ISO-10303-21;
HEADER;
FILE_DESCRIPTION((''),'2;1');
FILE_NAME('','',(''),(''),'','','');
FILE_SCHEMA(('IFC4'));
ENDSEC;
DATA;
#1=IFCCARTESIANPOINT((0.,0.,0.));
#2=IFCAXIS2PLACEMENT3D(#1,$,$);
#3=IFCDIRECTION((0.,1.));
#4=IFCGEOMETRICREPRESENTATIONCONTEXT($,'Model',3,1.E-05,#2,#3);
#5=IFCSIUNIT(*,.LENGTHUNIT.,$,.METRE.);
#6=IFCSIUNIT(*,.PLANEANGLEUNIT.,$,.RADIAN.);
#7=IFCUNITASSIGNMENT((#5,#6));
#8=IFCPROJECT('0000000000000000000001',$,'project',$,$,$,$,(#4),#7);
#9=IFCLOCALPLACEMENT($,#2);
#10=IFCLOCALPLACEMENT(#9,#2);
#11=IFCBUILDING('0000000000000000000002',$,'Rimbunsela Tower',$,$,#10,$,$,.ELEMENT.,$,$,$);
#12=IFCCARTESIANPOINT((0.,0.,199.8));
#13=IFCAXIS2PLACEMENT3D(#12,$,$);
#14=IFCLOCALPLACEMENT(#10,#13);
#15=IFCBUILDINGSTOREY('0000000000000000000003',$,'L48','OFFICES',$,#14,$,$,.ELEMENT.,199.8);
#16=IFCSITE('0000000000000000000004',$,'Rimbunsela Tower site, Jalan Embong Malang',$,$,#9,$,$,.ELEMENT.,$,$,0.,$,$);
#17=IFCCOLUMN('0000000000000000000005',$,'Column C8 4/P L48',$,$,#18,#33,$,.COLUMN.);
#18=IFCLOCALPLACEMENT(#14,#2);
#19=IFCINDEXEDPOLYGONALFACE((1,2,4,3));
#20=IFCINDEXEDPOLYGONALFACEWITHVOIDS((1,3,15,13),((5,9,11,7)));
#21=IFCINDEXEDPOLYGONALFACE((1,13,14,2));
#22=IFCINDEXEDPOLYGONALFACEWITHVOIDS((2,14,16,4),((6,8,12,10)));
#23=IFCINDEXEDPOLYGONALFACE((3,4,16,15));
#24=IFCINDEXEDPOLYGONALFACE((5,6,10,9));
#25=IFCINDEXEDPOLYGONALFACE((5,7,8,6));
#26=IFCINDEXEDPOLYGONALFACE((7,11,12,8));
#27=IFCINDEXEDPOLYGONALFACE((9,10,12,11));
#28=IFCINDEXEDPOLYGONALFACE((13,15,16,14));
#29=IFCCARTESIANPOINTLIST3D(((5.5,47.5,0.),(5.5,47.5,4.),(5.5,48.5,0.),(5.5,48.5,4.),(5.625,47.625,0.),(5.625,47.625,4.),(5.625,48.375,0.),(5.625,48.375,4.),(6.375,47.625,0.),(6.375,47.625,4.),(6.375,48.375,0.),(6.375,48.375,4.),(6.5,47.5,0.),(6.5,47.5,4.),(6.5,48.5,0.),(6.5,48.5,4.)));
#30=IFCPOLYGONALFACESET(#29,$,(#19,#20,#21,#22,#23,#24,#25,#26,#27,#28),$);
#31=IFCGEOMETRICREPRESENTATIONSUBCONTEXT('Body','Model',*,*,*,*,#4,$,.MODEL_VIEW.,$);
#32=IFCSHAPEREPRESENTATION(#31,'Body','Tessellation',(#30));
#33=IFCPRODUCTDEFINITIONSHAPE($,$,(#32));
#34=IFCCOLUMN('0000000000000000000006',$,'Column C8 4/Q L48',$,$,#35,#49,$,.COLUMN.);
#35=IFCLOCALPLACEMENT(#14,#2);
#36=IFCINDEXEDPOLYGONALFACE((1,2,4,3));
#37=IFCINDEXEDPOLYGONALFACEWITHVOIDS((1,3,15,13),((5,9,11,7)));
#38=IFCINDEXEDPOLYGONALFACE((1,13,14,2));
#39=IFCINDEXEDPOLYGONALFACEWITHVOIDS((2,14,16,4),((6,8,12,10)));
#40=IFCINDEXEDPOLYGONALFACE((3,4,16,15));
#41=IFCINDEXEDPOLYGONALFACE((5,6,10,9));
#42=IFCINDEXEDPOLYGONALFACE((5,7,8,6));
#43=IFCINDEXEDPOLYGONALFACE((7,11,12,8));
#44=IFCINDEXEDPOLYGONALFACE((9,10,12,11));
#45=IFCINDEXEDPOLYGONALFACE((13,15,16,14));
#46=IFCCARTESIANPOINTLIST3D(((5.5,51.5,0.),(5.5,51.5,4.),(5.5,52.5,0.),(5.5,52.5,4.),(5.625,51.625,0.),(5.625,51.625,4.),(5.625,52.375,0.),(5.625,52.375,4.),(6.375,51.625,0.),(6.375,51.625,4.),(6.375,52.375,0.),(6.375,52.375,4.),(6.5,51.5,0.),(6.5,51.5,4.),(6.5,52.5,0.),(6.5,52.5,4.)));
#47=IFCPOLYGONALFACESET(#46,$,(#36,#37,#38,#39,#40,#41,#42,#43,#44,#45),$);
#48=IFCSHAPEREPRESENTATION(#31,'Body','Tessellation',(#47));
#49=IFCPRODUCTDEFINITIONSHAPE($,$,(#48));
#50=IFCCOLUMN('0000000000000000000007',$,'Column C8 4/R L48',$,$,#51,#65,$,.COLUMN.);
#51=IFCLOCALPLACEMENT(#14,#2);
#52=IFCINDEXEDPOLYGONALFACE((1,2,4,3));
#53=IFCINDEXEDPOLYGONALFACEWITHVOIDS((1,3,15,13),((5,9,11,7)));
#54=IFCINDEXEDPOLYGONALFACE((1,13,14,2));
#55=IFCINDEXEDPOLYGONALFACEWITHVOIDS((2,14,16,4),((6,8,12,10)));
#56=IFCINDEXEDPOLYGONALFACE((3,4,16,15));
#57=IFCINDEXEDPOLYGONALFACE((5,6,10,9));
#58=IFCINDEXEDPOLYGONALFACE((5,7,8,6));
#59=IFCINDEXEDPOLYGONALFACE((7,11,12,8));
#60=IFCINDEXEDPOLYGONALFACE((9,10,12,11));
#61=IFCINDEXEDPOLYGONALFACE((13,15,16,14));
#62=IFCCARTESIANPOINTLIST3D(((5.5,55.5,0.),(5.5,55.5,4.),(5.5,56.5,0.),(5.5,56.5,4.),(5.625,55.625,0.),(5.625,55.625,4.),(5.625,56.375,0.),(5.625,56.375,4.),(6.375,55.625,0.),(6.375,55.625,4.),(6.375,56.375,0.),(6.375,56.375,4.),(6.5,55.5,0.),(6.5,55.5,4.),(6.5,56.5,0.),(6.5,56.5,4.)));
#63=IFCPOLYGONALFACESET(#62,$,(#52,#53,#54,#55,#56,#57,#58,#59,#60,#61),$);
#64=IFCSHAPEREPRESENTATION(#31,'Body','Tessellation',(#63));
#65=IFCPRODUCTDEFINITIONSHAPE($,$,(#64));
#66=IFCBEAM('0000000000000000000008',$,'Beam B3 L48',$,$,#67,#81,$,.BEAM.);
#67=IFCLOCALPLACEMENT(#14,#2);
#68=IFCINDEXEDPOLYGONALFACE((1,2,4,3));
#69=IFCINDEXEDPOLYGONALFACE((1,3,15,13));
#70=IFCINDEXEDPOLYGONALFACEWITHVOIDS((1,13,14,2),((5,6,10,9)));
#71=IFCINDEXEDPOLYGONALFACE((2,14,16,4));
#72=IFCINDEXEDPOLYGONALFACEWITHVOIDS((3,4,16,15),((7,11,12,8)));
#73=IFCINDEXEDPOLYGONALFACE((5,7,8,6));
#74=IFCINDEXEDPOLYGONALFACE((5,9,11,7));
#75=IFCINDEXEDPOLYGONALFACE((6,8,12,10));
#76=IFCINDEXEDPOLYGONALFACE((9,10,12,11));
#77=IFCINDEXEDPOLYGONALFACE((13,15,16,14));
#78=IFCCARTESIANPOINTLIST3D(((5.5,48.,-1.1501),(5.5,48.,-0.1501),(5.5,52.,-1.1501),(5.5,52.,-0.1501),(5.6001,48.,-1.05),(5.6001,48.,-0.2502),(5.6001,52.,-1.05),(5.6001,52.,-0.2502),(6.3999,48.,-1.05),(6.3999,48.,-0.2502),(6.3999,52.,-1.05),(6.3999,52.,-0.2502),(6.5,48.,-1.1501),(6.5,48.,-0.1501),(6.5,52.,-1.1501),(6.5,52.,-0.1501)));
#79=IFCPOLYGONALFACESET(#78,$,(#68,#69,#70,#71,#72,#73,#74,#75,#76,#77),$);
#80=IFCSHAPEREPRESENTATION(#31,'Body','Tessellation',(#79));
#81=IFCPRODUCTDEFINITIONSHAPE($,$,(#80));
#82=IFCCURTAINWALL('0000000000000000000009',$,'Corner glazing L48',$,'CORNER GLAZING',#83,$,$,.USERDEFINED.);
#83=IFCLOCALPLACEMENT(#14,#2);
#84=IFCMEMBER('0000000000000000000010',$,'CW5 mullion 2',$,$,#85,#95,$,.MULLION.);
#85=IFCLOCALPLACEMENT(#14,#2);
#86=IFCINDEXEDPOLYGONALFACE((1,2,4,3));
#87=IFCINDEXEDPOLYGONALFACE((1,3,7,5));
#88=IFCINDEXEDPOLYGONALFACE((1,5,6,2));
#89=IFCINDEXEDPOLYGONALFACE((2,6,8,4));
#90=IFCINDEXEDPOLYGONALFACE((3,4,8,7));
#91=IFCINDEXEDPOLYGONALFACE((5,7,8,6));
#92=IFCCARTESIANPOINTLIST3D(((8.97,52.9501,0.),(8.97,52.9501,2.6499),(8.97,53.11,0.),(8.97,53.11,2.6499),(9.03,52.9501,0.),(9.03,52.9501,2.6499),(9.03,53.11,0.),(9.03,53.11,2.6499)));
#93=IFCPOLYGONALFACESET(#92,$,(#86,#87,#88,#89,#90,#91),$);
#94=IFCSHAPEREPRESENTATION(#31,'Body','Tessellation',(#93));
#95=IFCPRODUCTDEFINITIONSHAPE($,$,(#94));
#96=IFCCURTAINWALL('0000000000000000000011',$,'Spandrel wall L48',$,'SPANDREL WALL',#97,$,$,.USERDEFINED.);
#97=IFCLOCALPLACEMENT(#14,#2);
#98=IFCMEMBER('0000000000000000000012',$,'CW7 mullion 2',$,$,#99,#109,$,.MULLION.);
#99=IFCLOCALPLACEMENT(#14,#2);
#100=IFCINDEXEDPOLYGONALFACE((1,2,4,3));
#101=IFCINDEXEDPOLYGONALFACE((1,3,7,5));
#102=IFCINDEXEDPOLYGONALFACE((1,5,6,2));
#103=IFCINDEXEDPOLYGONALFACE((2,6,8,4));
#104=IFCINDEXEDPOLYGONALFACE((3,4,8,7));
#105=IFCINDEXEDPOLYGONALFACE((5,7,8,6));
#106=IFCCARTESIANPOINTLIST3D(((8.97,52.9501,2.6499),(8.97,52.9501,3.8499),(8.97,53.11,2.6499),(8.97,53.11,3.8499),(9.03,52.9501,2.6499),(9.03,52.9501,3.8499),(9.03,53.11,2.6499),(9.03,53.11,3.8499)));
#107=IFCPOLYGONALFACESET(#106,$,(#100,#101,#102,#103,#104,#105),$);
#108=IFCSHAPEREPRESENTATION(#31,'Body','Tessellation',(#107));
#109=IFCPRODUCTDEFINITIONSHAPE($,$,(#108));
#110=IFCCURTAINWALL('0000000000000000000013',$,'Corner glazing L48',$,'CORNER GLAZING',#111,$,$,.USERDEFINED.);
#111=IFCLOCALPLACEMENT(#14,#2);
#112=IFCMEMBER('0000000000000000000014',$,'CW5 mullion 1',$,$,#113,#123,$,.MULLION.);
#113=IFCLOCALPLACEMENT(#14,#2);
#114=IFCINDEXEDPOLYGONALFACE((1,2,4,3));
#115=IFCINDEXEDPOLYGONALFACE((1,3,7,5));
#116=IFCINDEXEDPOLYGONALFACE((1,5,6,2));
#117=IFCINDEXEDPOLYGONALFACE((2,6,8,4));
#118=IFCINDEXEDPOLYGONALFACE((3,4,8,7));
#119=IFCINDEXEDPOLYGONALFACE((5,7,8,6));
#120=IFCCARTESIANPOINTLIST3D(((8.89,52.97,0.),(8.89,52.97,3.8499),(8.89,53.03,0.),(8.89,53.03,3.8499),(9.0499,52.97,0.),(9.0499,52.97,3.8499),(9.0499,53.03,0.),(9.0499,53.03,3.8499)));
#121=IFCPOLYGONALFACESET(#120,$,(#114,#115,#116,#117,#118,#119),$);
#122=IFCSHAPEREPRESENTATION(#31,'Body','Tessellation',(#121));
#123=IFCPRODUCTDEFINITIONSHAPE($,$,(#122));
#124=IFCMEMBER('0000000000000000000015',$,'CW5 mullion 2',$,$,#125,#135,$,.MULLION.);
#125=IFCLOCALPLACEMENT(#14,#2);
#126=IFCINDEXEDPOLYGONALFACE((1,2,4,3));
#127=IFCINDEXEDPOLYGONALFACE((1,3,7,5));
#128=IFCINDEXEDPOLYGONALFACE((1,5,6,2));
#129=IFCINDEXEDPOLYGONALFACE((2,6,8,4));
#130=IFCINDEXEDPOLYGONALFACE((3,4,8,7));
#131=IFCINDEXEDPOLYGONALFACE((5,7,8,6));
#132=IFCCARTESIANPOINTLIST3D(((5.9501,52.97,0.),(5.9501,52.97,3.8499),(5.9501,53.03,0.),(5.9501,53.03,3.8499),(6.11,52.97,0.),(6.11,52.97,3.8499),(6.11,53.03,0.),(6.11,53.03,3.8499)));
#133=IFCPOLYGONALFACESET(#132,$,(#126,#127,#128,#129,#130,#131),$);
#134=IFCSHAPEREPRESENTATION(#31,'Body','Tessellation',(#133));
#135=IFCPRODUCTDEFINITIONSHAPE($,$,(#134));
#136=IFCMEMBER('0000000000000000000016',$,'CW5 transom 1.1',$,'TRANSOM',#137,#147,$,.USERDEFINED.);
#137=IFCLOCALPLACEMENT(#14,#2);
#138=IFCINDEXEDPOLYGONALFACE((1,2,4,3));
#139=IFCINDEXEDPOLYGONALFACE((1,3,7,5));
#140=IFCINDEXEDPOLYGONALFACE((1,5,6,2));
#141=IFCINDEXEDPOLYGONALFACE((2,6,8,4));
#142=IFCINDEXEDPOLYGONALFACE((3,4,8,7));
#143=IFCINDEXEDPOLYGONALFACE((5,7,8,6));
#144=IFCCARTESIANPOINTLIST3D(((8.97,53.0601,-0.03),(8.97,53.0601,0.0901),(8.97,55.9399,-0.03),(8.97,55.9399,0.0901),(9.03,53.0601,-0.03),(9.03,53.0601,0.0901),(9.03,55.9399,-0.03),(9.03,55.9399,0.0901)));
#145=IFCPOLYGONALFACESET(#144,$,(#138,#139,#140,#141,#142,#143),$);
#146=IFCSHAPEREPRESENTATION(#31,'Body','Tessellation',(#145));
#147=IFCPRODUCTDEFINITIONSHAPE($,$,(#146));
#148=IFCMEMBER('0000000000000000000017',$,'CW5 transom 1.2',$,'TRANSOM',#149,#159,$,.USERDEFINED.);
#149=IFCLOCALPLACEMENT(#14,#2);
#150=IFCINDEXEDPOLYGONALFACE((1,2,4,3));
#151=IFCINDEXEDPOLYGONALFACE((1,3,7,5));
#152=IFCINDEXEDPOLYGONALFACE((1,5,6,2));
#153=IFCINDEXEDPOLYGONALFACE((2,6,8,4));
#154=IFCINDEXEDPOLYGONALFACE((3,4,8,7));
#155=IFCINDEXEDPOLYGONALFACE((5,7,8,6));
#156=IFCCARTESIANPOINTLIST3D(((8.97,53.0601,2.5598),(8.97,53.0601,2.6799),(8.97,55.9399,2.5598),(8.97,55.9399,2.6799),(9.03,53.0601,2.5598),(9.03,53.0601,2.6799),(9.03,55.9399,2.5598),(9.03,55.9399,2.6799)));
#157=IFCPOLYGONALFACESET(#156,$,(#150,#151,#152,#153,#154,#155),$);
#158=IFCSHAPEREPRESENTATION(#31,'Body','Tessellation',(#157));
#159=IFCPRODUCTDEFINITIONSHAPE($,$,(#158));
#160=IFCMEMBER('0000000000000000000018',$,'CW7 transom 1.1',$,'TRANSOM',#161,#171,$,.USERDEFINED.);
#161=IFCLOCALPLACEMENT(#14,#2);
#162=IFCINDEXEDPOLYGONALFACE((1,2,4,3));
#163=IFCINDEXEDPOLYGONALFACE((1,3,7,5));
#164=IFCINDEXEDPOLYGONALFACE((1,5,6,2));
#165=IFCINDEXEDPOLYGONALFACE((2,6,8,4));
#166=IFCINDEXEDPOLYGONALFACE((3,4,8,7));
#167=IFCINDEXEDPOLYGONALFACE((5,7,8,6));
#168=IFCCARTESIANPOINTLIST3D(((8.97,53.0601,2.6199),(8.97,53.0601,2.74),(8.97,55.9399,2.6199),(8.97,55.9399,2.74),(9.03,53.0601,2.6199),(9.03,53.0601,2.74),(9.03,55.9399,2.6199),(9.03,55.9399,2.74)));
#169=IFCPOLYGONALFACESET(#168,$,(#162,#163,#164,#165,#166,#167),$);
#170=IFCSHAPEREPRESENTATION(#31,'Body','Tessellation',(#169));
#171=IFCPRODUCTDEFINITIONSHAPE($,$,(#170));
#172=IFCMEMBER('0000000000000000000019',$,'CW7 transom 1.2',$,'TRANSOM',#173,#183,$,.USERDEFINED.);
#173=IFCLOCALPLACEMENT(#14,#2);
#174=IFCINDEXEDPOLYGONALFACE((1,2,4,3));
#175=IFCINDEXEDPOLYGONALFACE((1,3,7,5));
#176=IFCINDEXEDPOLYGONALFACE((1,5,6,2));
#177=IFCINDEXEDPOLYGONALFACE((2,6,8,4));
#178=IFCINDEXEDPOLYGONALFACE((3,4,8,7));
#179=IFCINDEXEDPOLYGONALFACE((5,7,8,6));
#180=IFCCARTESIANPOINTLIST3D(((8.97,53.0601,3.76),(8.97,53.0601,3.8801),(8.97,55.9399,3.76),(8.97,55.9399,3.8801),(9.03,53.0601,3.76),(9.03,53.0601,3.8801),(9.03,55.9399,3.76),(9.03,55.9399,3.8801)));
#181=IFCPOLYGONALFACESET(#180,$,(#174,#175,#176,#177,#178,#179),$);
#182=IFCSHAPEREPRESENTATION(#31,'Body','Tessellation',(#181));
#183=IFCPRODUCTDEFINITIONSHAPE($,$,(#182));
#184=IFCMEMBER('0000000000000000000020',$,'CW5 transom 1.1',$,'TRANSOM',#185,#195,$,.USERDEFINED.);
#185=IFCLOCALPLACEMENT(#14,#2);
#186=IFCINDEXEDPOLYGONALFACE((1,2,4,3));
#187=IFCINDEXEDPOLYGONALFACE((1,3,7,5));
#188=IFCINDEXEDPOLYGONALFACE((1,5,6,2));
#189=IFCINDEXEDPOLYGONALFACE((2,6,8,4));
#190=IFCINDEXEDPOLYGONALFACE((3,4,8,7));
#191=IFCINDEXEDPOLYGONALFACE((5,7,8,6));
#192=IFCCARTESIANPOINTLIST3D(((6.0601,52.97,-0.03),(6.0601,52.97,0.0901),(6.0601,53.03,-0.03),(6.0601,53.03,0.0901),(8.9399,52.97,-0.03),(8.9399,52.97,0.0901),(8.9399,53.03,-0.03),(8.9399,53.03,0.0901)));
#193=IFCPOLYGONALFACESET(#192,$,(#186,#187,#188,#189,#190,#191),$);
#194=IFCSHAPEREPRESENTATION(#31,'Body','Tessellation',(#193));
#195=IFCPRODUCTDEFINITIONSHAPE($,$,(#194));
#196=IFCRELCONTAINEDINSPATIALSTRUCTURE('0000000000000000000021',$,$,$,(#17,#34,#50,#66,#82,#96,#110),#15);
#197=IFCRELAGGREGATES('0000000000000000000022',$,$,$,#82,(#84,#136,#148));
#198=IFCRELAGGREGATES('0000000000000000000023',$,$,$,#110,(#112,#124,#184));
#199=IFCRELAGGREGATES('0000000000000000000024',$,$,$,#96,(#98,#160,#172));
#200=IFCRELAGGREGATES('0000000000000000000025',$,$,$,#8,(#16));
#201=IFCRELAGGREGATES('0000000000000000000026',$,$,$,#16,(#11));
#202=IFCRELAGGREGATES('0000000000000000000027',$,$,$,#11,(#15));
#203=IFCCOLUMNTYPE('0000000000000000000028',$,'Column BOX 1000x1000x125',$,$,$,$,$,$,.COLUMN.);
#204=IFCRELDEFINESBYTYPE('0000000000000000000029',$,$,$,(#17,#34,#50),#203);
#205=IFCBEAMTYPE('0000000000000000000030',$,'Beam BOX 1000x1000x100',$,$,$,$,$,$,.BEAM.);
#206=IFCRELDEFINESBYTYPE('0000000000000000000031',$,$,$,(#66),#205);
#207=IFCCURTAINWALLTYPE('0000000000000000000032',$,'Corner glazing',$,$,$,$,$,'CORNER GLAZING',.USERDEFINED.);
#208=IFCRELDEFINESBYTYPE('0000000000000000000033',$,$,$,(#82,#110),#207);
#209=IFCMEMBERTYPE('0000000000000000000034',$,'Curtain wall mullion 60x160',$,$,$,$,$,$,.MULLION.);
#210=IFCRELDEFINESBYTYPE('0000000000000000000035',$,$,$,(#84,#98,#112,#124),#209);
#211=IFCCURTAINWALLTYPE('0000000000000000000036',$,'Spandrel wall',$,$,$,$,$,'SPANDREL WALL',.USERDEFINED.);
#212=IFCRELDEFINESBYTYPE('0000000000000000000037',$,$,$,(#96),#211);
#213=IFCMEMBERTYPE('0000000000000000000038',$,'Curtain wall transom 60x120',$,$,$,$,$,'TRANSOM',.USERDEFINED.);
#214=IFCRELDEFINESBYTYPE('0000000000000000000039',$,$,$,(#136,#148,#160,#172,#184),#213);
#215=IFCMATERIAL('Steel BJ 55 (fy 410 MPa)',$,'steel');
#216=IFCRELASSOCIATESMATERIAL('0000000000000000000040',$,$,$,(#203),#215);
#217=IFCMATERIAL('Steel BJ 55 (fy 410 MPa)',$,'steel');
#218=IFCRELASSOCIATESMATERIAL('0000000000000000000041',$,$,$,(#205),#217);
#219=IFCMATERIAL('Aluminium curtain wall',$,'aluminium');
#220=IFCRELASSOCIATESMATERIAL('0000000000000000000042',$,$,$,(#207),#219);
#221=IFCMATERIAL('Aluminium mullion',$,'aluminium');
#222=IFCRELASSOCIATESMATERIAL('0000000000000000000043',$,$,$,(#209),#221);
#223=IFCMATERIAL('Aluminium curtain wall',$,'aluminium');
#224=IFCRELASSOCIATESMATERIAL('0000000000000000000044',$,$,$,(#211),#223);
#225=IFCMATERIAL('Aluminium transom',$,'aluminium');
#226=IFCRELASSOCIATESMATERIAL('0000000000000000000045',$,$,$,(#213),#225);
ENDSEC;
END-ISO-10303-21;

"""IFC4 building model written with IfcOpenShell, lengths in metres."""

from ifc_helpers import new_model, si_unit, direction, frame, origin, origin_2d, place, context, subcontext, project, spatial, rectangle, hollow_rectangle, extrude, material, material_profile, profile_set, type_object, element, aggregate, save


model = new_model("IFC4")

# Units and contexts
model_context = context("Model", 3, precision=1e-05, world=origin(), true_north=direction((0.0, 1.0)))
body_context = subcontext(model_context, "Body", "Model", "MODEL_VIEW")
ifc_project = project(units=[si_unit("LENGTHUNIT", "METRE"), si_unit("PLANEANGLEUNIT", "RADIAN")], contexts=[model_context])

# Site, building, storey
site_placement = place(None, origin())
site = spatial("IfcSite", under=ifc_project, at=site_placement, Name="Rimbunsela Tower site, Jalan Embong Malang", CompositionType="ELEMENT", RefElevation=0.0)
building_placement = place(site_placement, origin())
building = spatial("IfcBuilding", under=site, at=building_placement, Name="Rimbunsela Tower", CompositionType="ELEMENT")
storey_placement = place(building_placement, frame((0.0, 0.0, 199.8)))
storey = spatial("IfcBuildingStorey", under=building, at=storey_placement, Name="L48", Description="OFFICES", CompositionType="ELEMENT", Elevation=199.8)

# Columns
ifc_material_1 = material(Name="Steel BJ 55 (fy 410 MPa)", Category="steel")
ifc_material_profile_1 = material_profile(ifc_material_1, hollow_rectangle(XDim=1.0, YDim=1.0, WallThickness=0.125, at=origin_2d()), Name="BOX 1000x1000x125")
ifc_profile_set_1 = profile_set([ifc_material_profile_1], Name="Steel BJ 55 (fy 410 MPa)")
column_type = type_object("IfcColumnType", Name="Column BOX 1000x1000x125", PredefinedType="COLUMN", material=ifc_profile_set_1)
for number, where, z_axis, x_axis, name in (
    (1, (6.0, 48.0, 0.0), (0.0, 0.0, 1.0), (1.0, 0.0, 0.0), "Column C8 4/P L48"),
    (2, (6.0, 52.0, 0.0), (0.0, 0.0, 1.0), (1.0, 0.0, 0.0), "Column C8 4/Q L48"),
    (3, (6.0, 56.0, 0.0), (0.0, 0.0, 1.0), (1.0, 0.0, 0.0), "Column C8 4/R L48"),
):
    element("IfcColumn", number, at=place(storey_placement, frame(where, z_axis=z_axis, x_axis=x_axis)), inside=storey, type_object=column_type, Name=name, PredefinedType="COLUMN", context=body_context, shape_type="SweptSolid", body=[
        extrude(hollow_rectangle(XDim=1.0, YDim=1.0, WallThickness=0.125, at=origin_2d()), origin(), (0.0, 0.0, 1.0), 4.0),
    ])

# Beam
ifc_material_2 = material(Name="Steel BJ 55 (fy 410 MPa)", Category="steel")
ifc_material_profile_2 = material_profile(ifc_material_2, hollow_rectangle(XDim=1.0, YDim=1.0, WallThickness=0.1001, at=origin_2d()), Name="BOX 1000x1000x100")
ifc_profile_set_2 = profile_set([ifc_material_profile_2], Name="Steel BJ 55 (fy 410 MPa)")
beam_type = type_object("IfcBeamType", Name="Beam BOX 1000x1000x100", PredefinedType="BEAM", material=ifc_profile_set_2)
beam_placement = place(storey_placement, frame((6.0, 48.0, -0.6501), z_axis=(0.0, 1.0, 0.0), x_axis=(-1.0, 0.0, 0.0)))
element("IfcBeam", 4, at=beam_placement, inside=storey, type_object=beam_type, Name="Beam B3 L48", PredefinedType="BEAM", context=body_context, shape_type="SweptSolid", body=[
    extrude(hollow_rectangle(XDim=1.0, YDim=1.0, WallThickness=0.1001, at=origin_2d()), origin(), (0.0, 0.0, 1.0), 4.0),
])

# Curtain walls, members
ifc_material_3 = material(Name="Aluminium curtain wall", Category="aluminium")
curtain_wall_type_1 = type_object("IfcCurtainWallType", Name="Corner glazing", ElementType="CORNER GLAZING", PredefinedType="USERDEFINED", material=ifc_material_3)
curtain_wall_1_placement = place(storey_placement, origin())
curtain_wall_1 = element("IfcCurtainWall", 5, at=curtain_wall_1_placement, inside=storey, type_object=curtain_wall_type_1, Name="Corner glazing L48", ObjectType="CORNER GLAZING", PredefinedType="USERDEFINED")
ifc_material_4 = material(Name="Aluminium mullion", Category="aluminium")
ifc_material_profile_3 = material_profile(ifc_material_4, rectangle(XDim=0.0601, YDim=0.1599, at=origin_2d()), Name="Mullion 60x160")
ifc_profile_set_3 = profile_set([ifc_material_profile_3], Name="Aluminium mullion")
member_type_1 = type_object("IfcMemberType", Name="Curtain wall mullion 60x160", PredefinedType="MULLION", material=ifc_profile_set_3)
member_1_placement = place(storey_placement, frame((9.0, 53.03, 0.0), z_axis=(0.0, 0.0, 1.0), x_axis=(1.0, 0.0, 0.0)))
member_1 = element("IfcMember", 6, at=member_1_placement, type_object=member_type_1, Name="CW5 mullion 2", PredefinedType="MULLION", context=body_context, shape_type="SweptSolid", body=[
    extrude(rectangle(XDim=0.0601, YDim=0.1599, at=origin_2d()), origin(), (0.0, 0.0, 1.0), 2.6499),
])
ifc_material_5 = material(Name="Aluminium curtain wall", Category="aluminium")
curtain_wall_type_2 = type_object("IfcCurtainWallType", Name="Spandrel wall", ElementType="SPANDREL WALL", PredefinedType="USERDEFINED", material=ifc_material_5)
curtain_wall_2_placement = place(storey_placement, origin())
curtain_wall_2 = element("IfcCurtainWall", 7, at=curtain_wall_2_placement, inside=storey, type_object=curtain_wall_type_2, Name="Spandrel wall L48", ObjectType="SPANDREL WALL", PredefinedType="USERDEFINED")
member_2_placement = place(storey_placement, frame((9.0, 53.03, 2.6499), z_axis=(0.0, 0.0, 1.0), x_axis=(1.0, 0.0, 0.0)))
member_2 = element("IfcMember", 8, at=member_2_placement, type_object=member_type_1, Name="CW7 mullion 2", PredefinedType="MULLION", context=body_context, shape_type="SweptSolid", body=[
    extrude(rectangle(XDim=0.0601, YDim=0.1599, at=origin_2d()), origin(), (0.0, 0.0, 1.0), 1.2),
])

# Curtain wall, members
curtain_wall_3_placement = place(storey_placement, origin())
curtain_wall_3 = element("IfcCurtainWall", 9, at=curtain_wall_3_placement, inside=storey, type_object=curtain_wall_type_1, Name="Corner glazing L48", ObjectType="CORNER GLAZING", PredefinedType="USERDEFINED")
member_3_placement = place(storey_placement, frame((8.97, 53.0, 0.0), z_axis=(0.0, 0.0, 1.0), x_axis=(0.0, -1.0, 0.0)))
member_3 = element("IfcMember", 10, at=member_3_placement, type_object=member_type_1, Name="CW5 mullion 1", PredefinedType="MULLION", context=body_context, shape_type="SweptSolid", body=[
    extrude(rectangle(XDim=0.0601, YDim=0.1599, at=origin_2d()), origin(), (0.0, 0.0, 1.0), 3.8499),
])
member_4_placement = place(storey_placement, frame((6.03, 53.0, 0.0), z_axis=(0.0, 0.0, 1.0), x_axis=(0.0, -1.0, 0.0)))
member_4 = element("IfcMember", 11, at=member_4_placement, type_object=member_type_1, Name="CW5 mullion 2", PredefinedType="MULLION", context=body_context, shape_type="SweptSolid", body=[
    extrude(rectangle(XDim=0.0601, YDim=0.1599, at=origin_2d()), origin(), (0.0, 0.0, 1.0), 3.8499),
])

# Members
ifc_material_6 = material(Name="Aluminium transom", Category="aluminium")
ifc_material_profile_4 = material_profile(ifc_material_6, rectangle(XDim=0.0601, YDim=0.1201, at=origin_2d()), Name="Transom 60x120")
ifc_profile_set_4 = profile_set([ifc_material_profile_4], Name="Aluminium transom")
member_type_2 = type_object("IfcMemberType", Name="Curtain wall transom 60x120", ElementType="TRANSOM", PredefinedType="USERDEFINED", material=ifc_profile_set_4)
member_5_placement = place(storey_placement, frame((9.0, 55.9399, 0.03), z_axis=(0.0, -1.0, 0.0), x_axis=(1.0, 0.0, 0.0)))
member_5 = element("IfcMember", 12, at=member_5_placement, type_object=member_type_2, Name="CW5 transom 1.1", ObjectType="TRANSOM", PredefinedType="USERDEFINED", context=body_context, shape_type="SweptSolid", body=[
    extrude(rectangle(XDim=0.0601, YDim=0.1201, at=origin_2d()), origin(), (0.0, 0.0, 1.0), 2.8799),
])
member_6_placement = place(storey_placement, frame((9.0, 55.9399, 2.6199), z_axis=(0.0, -1.0, 0.0), x_axis=(1.0, 0.0, 0.0)))
member_6 = element("IfcMember", 13, at=member_6_placement, type_object=member_type_2, Name="CW5 transom 1.2", ObjectType="TRANSOM", PredefinedType="USERDEFINED", context=body_context, shape_type="SweptSolid", body=[
    extrude(rectangle(XDim=0.0601, YDim=0.1201, at=origin_2d()), origin(), (0.0, 0.0, 1.0), 2.8799),
])
member_7_placement = place(storey_placement, frame((9.0, 55.9399, 2.6799), z_axis=(0.0, -1.0, 0.0), x_axis=(1.0, 0.0, 0.0)))
member_7 = element("IfcMember", 14, at=member_7_placement, type_object=member_type_2, Name="CW7 transom 1.1", ObjectType="TRANSOM", PredefinedType="USERDEFINED", context=body_context, shape_type="SweptSolid", body=[
    extrude(rectangle(XDim=0.0601, YDim=0.1201, at=origin_2d()), origin(), (0.0, 0.0, 1.0), 2.8799),
])
member_8_placement = place(storey_placement, frame((9.0, 55.9399, 3.8201), z_axis=(0.0, -1.0, 0.0), x_axis=(1.0, 0.0, 0.0)))
member_8 = element("IfcMember", 15, at=member_8_placement, type_object=member_type_2, Name="CW7 transom 1.2", ObjectType="TRANSOM", PredefinedType="USERDEFINED", context=body_context, shape_type="SweptSolid", body=[
    extrude(rectangle(XDim=0.0601, YDim=0.1201, at=origin_2d()), origin(), (0.0, 0.0, 1.0), 2.8799),
])
member_9_placement = place(storey_placement, frame((8.9399, 53.0, 0.03), z_axis=(-1.0, 0.0, 0.0), x_axis=(0.0, -1.0, 0.0)))
member_9 = element("IfcMember", 16, at=member_9_placement, type_object=member_type_2, Name="CW5 transom 1.1", ObjectType="TRANSOM", PredefinedType="USERDEFINED", context=body_context, shape_type="SweptSolid", body=[
    extrude(rectangle(XDim=0.0601, YDim=0.1201, at=origin_2d()), origin(), (0.0, 0.0, 1.0), 2.8799),
])

aggregate(curtain_wall_1, [member_1, member_5, member_6])
aggregate(curtain_wall_3, [member_3, member_4, member_9])
aggregate(curtain_wall_2, [member_2, member_7, member_8])

save(model, "model.ifc")
